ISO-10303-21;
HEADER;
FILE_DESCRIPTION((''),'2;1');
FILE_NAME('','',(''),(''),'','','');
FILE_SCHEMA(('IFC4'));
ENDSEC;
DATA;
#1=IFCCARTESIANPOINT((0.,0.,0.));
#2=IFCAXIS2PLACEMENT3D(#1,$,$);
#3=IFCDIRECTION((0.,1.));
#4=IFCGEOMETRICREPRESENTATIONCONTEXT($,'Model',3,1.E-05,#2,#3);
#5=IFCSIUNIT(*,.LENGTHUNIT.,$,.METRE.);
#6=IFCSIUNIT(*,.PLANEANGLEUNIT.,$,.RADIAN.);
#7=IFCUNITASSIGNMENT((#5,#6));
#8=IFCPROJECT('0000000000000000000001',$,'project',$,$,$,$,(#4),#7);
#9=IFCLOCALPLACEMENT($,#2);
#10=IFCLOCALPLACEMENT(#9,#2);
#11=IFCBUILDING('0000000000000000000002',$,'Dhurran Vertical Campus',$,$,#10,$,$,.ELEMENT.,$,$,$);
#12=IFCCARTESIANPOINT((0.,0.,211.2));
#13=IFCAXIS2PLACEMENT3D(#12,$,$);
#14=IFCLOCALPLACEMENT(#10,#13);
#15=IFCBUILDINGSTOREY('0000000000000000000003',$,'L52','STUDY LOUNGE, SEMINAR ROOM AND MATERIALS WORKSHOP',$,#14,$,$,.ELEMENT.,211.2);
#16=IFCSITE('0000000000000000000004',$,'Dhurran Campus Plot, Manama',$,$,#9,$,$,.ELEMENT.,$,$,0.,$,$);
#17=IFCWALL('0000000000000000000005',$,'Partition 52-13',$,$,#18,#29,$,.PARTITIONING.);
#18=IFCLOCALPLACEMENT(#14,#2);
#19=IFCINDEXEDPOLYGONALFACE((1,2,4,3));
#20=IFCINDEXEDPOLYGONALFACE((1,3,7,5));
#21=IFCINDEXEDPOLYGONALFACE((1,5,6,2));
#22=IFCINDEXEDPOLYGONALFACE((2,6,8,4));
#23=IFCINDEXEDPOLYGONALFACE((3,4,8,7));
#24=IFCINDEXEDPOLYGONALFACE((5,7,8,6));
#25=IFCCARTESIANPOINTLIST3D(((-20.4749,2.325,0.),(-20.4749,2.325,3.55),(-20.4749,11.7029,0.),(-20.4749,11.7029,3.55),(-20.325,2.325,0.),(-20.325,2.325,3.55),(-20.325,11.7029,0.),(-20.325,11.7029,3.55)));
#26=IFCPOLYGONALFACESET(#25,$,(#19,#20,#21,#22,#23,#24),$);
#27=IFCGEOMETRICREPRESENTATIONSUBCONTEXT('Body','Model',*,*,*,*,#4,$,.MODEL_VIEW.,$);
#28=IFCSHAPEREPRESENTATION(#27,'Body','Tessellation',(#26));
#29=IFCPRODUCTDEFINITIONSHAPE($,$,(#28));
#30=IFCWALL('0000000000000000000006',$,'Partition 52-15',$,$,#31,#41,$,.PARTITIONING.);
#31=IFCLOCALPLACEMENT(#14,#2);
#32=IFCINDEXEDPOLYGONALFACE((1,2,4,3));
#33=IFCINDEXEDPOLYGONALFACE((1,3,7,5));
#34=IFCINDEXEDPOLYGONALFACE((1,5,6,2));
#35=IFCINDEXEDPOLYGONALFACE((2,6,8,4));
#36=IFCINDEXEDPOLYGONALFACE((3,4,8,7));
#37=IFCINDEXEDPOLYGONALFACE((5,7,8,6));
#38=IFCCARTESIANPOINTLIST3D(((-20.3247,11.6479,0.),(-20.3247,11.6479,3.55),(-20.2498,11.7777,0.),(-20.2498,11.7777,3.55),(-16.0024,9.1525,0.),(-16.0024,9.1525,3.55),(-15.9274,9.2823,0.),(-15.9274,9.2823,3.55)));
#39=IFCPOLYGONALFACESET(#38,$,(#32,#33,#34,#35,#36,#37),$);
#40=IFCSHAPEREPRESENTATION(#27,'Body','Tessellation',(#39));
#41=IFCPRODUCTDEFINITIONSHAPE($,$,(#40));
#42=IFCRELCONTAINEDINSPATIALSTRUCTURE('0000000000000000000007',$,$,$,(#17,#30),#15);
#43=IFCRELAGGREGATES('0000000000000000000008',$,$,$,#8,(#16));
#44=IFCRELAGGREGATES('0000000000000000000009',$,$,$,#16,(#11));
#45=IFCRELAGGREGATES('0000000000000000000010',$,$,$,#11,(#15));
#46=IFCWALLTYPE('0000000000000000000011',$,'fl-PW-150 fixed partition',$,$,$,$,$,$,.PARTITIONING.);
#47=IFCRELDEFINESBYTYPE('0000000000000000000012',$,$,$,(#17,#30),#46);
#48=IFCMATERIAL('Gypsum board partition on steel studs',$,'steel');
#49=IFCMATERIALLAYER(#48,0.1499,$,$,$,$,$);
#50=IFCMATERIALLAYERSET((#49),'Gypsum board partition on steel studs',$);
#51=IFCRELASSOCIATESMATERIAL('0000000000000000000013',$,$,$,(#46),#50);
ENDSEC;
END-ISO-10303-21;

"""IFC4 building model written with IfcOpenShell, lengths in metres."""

from ifc_helpers import new_model, si_unit, direction, frame, frame_2d, origin, place, context, subcontext, project, spatial, rectangle, extrude, material, layer, layer_set, type_object, element, save


model = new_model("IFC4")

# Units and contexts
model_context = context("Model", 3, precision=1e-05, world=origin(), true_north=direction((0.0, 1.0)))
body_context = subcontext(model_context, "Body", "Model", "MODEL_VIEW")
ifc_project = project(units=[si_unit("LENGTHUNIT", "METRE"), si_unit("PLANEANGLEUNIT", "RADIAN")], contexts=[model_context])

# Site, building, storey
site_placement = place(None, origin())
site = spatial("IfcSite", under=ifc_project, at=site_placement, Name="Dhurran Campus Plot, Manama", CompositionType="ELEMENT", RefElevation=0.0)
building_placement = place(site_placement, origin())
building = spatial("IfcBuilding", under=site, at=building_placement, Name="Dhurran Vertical Campus", CompositionType="ELEMENT")
storey_placement = place(building_placement, frame((0.0, 0.0, 211.2)))
storey = spatial("IfcBuildingStorey", under=building, at=storey_placement, Name="L52", Description="STUDY LOUNGE, SEMINAR ROOM AND MATERIALS WORKSHOP", CompositionType="ELEMENT", Elevation=211.2)

# Walls
ifc_material_1 = material(Name="Gypsum board partition on steel studs", Category="steel")
ifc_layer_1 = layer(ifc_material_1, 0.1499)
ifc_layer_set_1 = layer_set([ifc_layer_1], Name="Gypsum board partition on steel studs")
wall_type_1 = type_object("IfcWallType", Name="fl-PW-150 fixed partition", PredefinedType="PARTITIONING", material=ifc_layer_set_1)
wall_1_placement = place(storey_placement, frame((-20.3999, 11.7029, 0.0), z_axis=(0.0, 0.0, 1.0), x_axis=(0.0, -1.0, 0.0)))
element("IfcWall", 1, at=wall_1_placement, inside=storey, type_object=wall_type_1, Name="Partition 52-13", PredefinedType="PARTITIONING", context=body_context, shape_type="SweptSolid", body=[
    extrude(rectangle(XDim=9.3779, YDim=0.1499, at=frame_2d((4.689, 0.0))), origin(), (0.0, 0.0, 1.0), 3.55),
])
wall_2_placement = place(storey_placement, frame((-20.2874, 11.7129, 0.0), z_axis=(0.0, 0.0, 1.0), x_axis=(0.866034, -0.499985, 0.0)))
element("IfcWall", 2, at=wall_2_placement, inside=storey, type_object=wall_type_1, Name="Partition 52-15", PredefinedType="PARTITIONING", context=body_context, shape_type="SweptSolid", body=[
    extrude(rectangle(XDim=4.991, YDim=0.1499, at=frame_2d((2.4956, 0.0))), origin(), (0.0, 0.0, 1.0), 3.55),
])

save(model, "model.ifc")
